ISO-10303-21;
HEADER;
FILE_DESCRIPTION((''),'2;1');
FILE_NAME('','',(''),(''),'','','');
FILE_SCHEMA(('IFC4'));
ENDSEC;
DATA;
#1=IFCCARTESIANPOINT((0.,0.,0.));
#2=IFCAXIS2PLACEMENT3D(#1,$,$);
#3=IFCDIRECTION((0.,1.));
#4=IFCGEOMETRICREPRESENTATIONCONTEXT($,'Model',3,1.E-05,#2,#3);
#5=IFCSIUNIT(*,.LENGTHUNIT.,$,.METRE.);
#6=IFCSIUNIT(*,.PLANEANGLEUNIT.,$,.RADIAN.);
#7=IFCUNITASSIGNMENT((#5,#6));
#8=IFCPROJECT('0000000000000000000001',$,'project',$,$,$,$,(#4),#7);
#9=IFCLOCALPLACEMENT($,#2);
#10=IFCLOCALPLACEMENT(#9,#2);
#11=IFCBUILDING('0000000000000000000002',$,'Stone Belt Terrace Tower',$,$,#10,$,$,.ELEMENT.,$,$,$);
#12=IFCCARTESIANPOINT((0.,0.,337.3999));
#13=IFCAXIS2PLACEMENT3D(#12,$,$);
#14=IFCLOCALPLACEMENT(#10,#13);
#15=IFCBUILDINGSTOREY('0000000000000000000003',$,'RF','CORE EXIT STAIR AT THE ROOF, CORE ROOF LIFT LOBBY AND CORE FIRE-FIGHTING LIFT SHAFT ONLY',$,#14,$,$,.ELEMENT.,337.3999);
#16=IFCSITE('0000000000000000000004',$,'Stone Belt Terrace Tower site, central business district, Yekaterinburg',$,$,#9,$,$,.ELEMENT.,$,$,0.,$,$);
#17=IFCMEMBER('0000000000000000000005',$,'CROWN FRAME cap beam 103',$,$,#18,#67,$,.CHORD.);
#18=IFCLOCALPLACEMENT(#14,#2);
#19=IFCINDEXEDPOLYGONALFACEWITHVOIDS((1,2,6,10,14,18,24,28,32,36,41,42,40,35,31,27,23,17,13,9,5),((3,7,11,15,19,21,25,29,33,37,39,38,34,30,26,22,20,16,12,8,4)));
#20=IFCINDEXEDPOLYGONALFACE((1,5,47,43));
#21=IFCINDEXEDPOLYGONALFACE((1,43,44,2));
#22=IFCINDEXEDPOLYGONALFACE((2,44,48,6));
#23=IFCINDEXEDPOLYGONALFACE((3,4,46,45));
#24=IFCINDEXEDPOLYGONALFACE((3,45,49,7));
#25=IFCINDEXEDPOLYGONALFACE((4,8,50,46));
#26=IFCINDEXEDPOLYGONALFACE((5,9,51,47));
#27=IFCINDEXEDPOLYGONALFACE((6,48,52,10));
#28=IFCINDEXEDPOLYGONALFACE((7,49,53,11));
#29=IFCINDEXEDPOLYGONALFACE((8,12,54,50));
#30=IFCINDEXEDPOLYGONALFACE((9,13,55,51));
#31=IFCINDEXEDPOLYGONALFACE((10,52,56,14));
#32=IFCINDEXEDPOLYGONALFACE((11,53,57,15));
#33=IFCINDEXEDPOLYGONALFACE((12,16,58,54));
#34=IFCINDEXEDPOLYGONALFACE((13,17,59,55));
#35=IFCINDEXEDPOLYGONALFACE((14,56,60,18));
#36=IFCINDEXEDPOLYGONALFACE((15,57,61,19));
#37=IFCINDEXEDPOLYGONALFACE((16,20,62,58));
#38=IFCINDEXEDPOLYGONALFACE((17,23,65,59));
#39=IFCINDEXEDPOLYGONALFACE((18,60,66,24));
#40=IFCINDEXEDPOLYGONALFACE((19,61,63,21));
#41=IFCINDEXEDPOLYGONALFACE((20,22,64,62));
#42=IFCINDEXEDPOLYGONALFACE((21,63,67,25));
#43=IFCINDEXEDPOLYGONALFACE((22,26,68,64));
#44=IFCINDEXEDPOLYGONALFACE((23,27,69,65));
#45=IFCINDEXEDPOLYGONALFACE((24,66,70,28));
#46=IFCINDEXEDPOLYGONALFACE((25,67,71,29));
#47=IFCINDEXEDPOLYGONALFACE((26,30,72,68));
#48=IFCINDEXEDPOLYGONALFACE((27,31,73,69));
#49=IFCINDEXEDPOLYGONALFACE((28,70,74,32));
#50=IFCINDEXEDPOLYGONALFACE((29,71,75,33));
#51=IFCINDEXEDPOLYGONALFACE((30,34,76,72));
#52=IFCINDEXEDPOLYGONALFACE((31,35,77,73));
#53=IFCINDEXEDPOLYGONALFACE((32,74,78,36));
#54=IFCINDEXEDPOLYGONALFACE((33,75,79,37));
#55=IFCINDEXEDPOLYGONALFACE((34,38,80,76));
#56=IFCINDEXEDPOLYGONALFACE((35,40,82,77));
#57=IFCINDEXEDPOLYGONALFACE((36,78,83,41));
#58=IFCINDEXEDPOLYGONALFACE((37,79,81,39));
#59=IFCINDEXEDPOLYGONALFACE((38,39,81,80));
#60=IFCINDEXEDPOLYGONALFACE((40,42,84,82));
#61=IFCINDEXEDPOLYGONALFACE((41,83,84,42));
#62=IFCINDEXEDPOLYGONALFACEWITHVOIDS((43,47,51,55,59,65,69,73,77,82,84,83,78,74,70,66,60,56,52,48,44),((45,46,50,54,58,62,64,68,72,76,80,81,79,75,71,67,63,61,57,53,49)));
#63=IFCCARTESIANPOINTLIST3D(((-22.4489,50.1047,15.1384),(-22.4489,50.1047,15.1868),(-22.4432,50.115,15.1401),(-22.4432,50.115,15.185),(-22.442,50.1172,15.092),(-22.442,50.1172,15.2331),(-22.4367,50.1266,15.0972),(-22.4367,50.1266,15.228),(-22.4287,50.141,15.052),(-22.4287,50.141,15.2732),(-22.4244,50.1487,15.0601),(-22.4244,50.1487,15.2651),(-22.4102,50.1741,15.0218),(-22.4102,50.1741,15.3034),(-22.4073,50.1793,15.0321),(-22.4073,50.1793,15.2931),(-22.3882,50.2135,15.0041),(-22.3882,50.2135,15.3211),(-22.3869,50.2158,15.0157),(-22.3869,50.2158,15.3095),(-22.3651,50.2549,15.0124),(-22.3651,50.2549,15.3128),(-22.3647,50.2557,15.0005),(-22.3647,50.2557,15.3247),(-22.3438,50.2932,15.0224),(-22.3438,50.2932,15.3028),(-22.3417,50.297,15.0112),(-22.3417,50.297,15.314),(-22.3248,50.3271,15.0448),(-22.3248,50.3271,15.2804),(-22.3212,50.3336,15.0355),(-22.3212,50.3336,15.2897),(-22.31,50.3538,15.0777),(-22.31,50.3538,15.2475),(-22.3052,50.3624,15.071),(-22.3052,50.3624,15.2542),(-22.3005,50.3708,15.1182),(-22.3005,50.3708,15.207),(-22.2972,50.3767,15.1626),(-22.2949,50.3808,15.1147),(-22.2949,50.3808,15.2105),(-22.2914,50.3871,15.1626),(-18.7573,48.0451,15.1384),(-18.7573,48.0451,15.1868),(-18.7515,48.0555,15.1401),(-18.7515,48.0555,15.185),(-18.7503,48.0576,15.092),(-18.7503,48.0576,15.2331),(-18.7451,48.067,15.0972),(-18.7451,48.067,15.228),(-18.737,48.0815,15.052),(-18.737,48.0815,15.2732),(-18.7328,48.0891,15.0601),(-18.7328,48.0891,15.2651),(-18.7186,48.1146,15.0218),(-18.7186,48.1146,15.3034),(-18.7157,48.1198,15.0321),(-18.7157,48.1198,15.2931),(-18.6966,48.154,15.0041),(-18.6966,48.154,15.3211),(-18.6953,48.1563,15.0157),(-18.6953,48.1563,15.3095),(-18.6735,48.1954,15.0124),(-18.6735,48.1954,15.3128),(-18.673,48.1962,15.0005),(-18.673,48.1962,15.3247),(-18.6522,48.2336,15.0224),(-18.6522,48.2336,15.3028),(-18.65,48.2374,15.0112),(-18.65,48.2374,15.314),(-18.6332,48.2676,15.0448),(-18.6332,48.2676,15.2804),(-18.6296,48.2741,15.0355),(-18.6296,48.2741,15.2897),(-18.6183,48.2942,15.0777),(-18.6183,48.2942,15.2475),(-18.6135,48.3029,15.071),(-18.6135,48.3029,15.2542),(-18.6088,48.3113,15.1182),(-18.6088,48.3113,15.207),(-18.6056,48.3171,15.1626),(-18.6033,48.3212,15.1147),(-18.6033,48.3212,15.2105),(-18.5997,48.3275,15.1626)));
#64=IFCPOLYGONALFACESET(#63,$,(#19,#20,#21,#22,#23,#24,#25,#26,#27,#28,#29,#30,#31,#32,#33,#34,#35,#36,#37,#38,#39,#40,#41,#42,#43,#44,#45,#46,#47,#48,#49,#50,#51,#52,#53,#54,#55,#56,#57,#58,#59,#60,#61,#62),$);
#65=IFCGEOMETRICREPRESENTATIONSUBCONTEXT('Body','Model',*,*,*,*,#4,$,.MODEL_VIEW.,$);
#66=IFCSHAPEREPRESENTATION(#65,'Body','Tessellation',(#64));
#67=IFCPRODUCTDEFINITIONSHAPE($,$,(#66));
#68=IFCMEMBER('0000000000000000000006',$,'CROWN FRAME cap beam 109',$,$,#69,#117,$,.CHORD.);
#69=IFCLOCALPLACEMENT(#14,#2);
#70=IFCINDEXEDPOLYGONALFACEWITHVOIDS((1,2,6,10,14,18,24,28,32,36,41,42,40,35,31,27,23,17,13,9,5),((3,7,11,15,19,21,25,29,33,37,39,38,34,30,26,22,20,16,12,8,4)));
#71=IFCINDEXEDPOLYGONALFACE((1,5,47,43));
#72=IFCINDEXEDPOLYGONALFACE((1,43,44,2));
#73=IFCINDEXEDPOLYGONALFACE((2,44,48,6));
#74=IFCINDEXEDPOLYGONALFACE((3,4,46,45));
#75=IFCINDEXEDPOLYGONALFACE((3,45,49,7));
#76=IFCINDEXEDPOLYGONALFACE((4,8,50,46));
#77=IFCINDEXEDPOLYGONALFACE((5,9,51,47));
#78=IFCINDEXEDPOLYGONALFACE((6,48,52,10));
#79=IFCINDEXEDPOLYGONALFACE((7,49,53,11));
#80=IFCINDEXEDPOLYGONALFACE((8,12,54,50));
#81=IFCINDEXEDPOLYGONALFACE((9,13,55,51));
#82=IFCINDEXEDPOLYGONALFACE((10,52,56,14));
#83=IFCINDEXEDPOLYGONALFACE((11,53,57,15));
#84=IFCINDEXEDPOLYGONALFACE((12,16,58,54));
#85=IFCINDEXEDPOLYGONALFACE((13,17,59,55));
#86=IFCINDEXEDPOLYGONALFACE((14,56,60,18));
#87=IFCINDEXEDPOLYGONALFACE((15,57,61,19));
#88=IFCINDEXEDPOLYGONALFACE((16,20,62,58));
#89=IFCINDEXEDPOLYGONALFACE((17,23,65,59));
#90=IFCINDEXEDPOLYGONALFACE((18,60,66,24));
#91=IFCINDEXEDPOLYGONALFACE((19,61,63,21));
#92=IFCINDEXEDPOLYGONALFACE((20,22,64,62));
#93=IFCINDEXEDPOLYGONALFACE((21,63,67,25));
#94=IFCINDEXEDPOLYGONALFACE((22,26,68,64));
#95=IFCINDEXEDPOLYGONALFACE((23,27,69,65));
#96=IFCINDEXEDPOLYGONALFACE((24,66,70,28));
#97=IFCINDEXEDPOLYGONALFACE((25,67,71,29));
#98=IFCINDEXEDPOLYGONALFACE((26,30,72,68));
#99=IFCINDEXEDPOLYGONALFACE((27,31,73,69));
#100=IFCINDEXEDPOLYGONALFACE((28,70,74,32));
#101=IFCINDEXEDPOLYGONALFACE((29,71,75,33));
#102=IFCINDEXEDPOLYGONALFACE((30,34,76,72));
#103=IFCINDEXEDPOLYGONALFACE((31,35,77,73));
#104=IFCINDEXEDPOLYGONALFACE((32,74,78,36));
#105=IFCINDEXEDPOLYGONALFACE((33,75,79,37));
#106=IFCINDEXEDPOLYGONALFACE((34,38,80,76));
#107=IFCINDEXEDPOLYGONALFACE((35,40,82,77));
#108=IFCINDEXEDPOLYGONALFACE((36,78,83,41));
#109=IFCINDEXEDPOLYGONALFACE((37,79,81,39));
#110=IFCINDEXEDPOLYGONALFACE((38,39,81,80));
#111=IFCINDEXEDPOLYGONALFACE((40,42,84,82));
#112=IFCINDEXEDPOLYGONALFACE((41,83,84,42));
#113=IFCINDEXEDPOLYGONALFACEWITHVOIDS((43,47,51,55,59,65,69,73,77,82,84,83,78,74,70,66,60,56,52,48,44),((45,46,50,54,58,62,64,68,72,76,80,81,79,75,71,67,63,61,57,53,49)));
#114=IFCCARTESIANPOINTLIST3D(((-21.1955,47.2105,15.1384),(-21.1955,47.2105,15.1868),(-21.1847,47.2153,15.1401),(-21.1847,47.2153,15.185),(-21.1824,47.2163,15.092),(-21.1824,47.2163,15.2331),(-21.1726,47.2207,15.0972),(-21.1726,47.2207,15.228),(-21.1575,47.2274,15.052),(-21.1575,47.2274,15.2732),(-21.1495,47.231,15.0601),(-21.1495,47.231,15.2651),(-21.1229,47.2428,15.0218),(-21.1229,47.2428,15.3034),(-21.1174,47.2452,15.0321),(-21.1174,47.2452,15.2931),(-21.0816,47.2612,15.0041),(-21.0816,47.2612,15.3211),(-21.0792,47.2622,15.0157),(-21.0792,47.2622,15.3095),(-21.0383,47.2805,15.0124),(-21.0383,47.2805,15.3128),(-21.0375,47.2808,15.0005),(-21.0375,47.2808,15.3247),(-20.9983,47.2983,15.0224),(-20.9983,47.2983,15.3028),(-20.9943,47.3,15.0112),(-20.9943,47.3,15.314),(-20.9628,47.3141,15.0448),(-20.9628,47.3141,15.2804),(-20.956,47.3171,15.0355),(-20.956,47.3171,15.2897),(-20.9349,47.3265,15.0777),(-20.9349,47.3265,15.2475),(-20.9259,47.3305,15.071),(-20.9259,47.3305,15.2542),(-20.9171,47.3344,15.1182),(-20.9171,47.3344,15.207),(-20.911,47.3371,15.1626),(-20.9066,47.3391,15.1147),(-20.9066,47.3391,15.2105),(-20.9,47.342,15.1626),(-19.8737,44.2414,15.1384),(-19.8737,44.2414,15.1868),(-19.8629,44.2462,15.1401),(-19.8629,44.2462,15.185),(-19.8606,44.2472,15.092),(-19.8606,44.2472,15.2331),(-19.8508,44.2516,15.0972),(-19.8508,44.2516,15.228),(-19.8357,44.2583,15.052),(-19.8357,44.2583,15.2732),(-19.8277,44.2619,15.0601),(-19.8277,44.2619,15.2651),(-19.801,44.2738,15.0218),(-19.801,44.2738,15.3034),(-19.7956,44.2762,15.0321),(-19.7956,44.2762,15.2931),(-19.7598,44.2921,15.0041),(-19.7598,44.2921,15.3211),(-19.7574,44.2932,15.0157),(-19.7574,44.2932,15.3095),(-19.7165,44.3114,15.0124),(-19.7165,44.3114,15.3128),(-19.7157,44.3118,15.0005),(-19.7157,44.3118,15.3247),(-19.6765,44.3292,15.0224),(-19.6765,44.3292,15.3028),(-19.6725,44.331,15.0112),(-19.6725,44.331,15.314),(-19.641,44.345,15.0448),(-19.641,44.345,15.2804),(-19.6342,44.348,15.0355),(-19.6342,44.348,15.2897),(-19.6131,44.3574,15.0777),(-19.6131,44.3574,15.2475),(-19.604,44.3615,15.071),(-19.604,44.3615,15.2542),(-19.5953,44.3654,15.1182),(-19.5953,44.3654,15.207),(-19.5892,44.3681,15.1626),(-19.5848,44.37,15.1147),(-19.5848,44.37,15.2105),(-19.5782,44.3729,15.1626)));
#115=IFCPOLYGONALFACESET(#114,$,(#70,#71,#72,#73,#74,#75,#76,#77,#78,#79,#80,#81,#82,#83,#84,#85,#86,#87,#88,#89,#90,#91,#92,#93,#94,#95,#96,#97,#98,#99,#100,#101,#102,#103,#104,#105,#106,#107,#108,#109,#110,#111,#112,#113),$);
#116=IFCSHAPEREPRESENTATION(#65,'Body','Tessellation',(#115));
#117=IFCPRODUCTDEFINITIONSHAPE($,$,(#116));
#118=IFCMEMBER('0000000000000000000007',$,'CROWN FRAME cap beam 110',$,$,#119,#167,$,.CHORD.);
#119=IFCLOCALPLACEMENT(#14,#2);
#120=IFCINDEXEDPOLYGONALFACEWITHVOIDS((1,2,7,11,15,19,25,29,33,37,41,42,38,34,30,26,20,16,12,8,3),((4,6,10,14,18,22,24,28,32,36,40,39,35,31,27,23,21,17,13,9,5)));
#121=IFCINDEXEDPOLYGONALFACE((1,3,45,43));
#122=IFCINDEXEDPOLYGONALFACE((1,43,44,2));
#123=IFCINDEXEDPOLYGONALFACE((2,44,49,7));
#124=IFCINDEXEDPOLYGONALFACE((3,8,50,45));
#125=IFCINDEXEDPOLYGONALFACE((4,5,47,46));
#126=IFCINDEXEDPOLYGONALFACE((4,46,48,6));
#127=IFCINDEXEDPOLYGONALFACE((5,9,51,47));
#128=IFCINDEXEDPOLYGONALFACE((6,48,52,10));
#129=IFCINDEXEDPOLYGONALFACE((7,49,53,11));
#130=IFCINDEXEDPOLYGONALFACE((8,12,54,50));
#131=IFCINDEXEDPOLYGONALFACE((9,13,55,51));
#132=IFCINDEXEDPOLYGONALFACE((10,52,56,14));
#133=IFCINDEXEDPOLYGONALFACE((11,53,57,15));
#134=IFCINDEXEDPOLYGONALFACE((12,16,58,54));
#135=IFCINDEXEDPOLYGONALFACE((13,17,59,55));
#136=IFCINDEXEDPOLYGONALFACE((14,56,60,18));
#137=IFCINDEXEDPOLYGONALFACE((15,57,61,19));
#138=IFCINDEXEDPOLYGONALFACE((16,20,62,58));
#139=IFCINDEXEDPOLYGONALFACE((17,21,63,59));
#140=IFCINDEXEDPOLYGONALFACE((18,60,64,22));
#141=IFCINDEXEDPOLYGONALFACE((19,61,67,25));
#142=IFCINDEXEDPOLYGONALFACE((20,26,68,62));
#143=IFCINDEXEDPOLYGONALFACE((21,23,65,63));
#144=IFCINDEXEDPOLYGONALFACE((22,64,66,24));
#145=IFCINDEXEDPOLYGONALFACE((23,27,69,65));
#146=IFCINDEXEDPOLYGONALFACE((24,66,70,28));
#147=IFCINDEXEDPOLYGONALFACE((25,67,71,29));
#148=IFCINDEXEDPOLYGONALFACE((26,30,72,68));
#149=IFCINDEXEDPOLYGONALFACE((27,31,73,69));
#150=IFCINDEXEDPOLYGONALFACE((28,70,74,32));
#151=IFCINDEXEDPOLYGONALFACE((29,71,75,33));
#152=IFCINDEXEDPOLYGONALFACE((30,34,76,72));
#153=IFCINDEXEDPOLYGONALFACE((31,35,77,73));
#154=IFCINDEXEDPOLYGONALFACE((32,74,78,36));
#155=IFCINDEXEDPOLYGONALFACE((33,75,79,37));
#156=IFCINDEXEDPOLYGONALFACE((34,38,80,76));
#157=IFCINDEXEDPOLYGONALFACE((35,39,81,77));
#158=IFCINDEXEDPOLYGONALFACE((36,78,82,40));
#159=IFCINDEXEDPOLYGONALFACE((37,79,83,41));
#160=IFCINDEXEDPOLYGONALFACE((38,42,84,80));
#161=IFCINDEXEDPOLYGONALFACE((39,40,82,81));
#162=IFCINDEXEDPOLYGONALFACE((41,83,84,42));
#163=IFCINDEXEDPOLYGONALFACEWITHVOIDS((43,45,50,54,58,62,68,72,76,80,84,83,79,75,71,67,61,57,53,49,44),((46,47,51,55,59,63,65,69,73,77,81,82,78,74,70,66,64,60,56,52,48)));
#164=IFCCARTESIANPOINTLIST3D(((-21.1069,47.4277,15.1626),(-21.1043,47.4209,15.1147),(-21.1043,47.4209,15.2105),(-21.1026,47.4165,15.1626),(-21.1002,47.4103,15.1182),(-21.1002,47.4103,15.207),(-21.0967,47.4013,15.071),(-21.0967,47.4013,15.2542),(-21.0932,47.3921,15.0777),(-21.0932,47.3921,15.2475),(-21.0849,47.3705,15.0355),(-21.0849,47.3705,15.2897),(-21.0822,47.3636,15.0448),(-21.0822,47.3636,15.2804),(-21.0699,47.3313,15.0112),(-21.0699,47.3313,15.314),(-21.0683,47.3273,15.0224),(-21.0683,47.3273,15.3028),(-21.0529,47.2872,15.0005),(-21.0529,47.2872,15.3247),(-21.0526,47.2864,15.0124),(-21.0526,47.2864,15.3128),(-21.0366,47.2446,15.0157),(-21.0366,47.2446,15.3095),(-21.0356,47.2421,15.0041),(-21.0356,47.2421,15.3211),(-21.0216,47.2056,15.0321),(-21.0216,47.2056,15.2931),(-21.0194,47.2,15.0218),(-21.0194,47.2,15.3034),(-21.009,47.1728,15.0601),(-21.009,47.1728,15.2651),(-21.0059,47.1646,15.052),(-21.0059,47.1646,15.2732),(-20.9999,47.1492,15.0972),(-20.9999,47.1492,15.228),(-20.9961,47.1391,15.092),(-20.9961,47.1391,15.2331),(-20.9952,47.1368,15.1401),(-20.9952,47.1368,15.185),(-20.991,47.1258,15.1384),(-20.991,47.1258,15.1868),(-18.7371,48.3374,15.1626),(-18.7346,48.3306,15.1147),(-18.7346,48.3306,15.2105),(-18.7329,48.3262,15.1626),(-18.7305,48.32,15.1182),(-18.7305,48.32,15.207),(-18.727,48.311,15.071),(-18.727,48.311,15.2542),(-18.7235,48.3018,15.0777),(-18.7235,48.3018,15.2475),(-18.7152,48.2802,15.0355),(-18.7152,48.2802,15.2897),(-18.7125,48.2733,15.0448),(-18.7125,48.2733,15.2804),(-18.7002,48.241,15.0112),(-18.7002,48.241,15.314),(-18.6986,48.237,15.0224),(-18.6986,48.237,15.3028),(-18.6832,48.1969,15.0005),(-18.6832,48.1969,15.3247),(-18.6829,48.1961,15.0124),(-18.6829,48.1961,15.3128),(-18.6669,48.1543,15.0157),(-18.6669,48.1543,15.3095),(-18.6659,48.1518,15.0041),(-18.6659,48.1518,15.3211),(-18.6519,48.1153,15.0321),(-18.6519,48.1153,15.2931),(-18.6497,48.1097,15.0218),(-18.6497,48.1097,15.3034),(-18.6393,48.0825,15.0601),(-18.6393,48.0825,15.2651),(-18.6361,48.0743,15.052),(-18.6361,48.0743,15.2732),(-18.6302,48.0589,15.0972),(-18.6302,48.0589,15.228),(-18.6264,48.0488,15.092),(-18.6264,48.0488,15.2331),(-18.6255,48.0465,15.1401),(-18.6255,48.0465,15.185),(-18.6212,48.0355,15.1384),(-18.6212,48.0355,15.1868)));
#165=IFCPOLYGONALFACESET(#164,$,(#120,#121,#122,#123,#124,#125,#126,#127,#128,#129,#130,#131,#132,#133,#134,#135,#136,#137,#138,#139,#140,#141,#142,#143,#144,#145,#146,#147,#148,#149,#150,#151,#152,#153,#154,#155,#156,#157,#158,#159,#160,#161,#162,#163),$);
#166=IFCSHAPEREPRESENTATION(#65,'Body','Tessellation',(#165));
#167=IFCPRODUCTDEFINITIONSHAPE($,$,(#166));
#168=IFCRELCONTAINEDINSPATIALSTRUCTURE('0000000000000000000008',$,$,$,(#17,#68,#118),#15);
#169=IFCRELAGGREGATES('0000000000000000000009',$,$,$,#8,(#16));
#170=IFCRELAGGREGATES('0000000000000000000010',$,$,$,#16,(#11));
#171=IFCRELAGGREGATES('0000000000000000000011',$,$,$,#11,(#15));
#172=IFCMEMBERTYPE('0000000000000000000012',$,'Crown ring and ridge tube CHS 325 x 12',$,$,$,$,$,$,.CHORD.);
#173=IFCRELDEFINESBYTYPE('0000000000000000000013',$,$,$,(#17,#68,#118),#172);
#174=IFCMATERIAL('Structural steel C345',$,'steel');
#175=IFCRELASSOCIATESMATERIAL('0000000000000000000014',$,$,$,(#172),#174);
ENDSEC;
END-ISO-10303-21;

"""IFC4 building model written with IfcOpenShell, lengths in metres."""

from ifc_helpers import new_model, si_unit, direction, frame, origin, origin_2d, place, context, subcontext, project, spatial, hollow_circle, extrude, material, material_profile, profile_set, type_object, element, save


model = new_model("IFC4")

# Units and contexts
model_context = context("Model", 3, precision=1e-05, world=origin(), true_north=direction((0.0, 1.0)))
body_context = subcontext(model_context, "Body", "Model", "MODEL_VIEW")
ifc_project = project(units=[si_unit("LENGTHUNIT", "METRE"), si_unit("PLANEANGLEUNIT", "RADIAN")], contexts=[model_context])

# Site, building, storey
site_placement = place(None, origin())
site = spatial("IfcSite", under=ifc_project, at=site_placement, Name="Stone Belt Terrace Tower site, central business district, Yekaterinburg", CompositionType="ELEMENT", RefElevation=0.0)
building_placement = place(site_placement, origin())
building = spatial("IfcBuilding", under=site, at=building_placement, Name="Stone Belt Terrace Tower", CompositionType="ELEMENT")
storey_placement = place(building_placement, frame((0.0, 0.0, 337.3999)))
storey = spatial("IfcBuildingStorey", under=building, at=storey_placement, Name="RF", Description="CORE EXIT STAIR AT THE ROOF, CORE ROOF LIFT LOBBY AND CORE FIRE-FIGHTING LIFT SHAFT ONLY", CompositionType="ELEMENT", Elevation=337.3999)

# Members
ifc_material_1 = material(Name="Structural steel C345", Category="steel")
ifc_material_profile_1 = material_profile(ifc_material_1, hollow_circle(Radius=0.1626, WallThickness=0.012, at=origin_2d()), Name="Structural steel C345 CHS 325x12")
ifc_profile_set_1 = profile_set([ifc_material_profile_1], Name="Structural steel C345")
member_type_1 = type_object("IfcMemberType", Name="Crown ring and ridge tube CHS 325 x 12", PredefinedType="CHORD", material=ifc_profile_set_1)
member_1_placement = place(storey_placement, frame((-22.3706, 50.2451, 15.1626), z_axis=(0.873287, -0.487206, 0.0), x_axis=(0.487206, 0.873287, 0.0)))
element("IfcMember", 1, at=member_1_placement, inside=storey, type_object=member_type_1, Name="CROWN FRAME cap beam 103", PredefinedType="CHORD", context=body_context, shape_type="SweptSolid", body=[
    extrude(hollow_circle(Radius=0.1626, WallThickness=0.012, at=origin_2d()), origin(), (0.0, 0.0, 1.0), 4.2273),
])
member_2_placement = place(storey_placement, frame((-21.0486, 47.2759, 15.1626), z_axis=(0.40671, -0.913557, 0.0), x_axis=(0.913557, 0.40671, 0.0)))
element("IfcMember", 2, at=member_2_placement, inside=storey, type_object=member_type_1, Name="CROWN FRAME cap beam 109", PredefinedType="CHORD", context=body_context, shape_type="SweptSolid", body=[
    extrude(hollow_circle(Radius=0.1626, WallThickness=0.012, at=origin_2d()), origin(), (0.0, 0.0, 1.0), 3.25),
])
member_3_placement = place(storey_placement, frame((-21.0486, 47.2759, 15.1626), z_axis=(0.933573, 0.358386, 0.0), x_axis=(-0.358386, 0.933573, 0.0)))
element("IfcMember", 3, at=member_3_placement, inside=storey, type_object=member_type_1, Name="CROWN FRAME cap beam 110", PredefinedType="CHORD", context=body_context, shape_type="SweptSolid", body=[
    extrude(hollow_circle(Radius=0.1626, WallThickness=0.012, at=origin_2d()), origin(), (0.0, 0.0, 1.0), 2.5383),
])

save(model, "model.ifc")
